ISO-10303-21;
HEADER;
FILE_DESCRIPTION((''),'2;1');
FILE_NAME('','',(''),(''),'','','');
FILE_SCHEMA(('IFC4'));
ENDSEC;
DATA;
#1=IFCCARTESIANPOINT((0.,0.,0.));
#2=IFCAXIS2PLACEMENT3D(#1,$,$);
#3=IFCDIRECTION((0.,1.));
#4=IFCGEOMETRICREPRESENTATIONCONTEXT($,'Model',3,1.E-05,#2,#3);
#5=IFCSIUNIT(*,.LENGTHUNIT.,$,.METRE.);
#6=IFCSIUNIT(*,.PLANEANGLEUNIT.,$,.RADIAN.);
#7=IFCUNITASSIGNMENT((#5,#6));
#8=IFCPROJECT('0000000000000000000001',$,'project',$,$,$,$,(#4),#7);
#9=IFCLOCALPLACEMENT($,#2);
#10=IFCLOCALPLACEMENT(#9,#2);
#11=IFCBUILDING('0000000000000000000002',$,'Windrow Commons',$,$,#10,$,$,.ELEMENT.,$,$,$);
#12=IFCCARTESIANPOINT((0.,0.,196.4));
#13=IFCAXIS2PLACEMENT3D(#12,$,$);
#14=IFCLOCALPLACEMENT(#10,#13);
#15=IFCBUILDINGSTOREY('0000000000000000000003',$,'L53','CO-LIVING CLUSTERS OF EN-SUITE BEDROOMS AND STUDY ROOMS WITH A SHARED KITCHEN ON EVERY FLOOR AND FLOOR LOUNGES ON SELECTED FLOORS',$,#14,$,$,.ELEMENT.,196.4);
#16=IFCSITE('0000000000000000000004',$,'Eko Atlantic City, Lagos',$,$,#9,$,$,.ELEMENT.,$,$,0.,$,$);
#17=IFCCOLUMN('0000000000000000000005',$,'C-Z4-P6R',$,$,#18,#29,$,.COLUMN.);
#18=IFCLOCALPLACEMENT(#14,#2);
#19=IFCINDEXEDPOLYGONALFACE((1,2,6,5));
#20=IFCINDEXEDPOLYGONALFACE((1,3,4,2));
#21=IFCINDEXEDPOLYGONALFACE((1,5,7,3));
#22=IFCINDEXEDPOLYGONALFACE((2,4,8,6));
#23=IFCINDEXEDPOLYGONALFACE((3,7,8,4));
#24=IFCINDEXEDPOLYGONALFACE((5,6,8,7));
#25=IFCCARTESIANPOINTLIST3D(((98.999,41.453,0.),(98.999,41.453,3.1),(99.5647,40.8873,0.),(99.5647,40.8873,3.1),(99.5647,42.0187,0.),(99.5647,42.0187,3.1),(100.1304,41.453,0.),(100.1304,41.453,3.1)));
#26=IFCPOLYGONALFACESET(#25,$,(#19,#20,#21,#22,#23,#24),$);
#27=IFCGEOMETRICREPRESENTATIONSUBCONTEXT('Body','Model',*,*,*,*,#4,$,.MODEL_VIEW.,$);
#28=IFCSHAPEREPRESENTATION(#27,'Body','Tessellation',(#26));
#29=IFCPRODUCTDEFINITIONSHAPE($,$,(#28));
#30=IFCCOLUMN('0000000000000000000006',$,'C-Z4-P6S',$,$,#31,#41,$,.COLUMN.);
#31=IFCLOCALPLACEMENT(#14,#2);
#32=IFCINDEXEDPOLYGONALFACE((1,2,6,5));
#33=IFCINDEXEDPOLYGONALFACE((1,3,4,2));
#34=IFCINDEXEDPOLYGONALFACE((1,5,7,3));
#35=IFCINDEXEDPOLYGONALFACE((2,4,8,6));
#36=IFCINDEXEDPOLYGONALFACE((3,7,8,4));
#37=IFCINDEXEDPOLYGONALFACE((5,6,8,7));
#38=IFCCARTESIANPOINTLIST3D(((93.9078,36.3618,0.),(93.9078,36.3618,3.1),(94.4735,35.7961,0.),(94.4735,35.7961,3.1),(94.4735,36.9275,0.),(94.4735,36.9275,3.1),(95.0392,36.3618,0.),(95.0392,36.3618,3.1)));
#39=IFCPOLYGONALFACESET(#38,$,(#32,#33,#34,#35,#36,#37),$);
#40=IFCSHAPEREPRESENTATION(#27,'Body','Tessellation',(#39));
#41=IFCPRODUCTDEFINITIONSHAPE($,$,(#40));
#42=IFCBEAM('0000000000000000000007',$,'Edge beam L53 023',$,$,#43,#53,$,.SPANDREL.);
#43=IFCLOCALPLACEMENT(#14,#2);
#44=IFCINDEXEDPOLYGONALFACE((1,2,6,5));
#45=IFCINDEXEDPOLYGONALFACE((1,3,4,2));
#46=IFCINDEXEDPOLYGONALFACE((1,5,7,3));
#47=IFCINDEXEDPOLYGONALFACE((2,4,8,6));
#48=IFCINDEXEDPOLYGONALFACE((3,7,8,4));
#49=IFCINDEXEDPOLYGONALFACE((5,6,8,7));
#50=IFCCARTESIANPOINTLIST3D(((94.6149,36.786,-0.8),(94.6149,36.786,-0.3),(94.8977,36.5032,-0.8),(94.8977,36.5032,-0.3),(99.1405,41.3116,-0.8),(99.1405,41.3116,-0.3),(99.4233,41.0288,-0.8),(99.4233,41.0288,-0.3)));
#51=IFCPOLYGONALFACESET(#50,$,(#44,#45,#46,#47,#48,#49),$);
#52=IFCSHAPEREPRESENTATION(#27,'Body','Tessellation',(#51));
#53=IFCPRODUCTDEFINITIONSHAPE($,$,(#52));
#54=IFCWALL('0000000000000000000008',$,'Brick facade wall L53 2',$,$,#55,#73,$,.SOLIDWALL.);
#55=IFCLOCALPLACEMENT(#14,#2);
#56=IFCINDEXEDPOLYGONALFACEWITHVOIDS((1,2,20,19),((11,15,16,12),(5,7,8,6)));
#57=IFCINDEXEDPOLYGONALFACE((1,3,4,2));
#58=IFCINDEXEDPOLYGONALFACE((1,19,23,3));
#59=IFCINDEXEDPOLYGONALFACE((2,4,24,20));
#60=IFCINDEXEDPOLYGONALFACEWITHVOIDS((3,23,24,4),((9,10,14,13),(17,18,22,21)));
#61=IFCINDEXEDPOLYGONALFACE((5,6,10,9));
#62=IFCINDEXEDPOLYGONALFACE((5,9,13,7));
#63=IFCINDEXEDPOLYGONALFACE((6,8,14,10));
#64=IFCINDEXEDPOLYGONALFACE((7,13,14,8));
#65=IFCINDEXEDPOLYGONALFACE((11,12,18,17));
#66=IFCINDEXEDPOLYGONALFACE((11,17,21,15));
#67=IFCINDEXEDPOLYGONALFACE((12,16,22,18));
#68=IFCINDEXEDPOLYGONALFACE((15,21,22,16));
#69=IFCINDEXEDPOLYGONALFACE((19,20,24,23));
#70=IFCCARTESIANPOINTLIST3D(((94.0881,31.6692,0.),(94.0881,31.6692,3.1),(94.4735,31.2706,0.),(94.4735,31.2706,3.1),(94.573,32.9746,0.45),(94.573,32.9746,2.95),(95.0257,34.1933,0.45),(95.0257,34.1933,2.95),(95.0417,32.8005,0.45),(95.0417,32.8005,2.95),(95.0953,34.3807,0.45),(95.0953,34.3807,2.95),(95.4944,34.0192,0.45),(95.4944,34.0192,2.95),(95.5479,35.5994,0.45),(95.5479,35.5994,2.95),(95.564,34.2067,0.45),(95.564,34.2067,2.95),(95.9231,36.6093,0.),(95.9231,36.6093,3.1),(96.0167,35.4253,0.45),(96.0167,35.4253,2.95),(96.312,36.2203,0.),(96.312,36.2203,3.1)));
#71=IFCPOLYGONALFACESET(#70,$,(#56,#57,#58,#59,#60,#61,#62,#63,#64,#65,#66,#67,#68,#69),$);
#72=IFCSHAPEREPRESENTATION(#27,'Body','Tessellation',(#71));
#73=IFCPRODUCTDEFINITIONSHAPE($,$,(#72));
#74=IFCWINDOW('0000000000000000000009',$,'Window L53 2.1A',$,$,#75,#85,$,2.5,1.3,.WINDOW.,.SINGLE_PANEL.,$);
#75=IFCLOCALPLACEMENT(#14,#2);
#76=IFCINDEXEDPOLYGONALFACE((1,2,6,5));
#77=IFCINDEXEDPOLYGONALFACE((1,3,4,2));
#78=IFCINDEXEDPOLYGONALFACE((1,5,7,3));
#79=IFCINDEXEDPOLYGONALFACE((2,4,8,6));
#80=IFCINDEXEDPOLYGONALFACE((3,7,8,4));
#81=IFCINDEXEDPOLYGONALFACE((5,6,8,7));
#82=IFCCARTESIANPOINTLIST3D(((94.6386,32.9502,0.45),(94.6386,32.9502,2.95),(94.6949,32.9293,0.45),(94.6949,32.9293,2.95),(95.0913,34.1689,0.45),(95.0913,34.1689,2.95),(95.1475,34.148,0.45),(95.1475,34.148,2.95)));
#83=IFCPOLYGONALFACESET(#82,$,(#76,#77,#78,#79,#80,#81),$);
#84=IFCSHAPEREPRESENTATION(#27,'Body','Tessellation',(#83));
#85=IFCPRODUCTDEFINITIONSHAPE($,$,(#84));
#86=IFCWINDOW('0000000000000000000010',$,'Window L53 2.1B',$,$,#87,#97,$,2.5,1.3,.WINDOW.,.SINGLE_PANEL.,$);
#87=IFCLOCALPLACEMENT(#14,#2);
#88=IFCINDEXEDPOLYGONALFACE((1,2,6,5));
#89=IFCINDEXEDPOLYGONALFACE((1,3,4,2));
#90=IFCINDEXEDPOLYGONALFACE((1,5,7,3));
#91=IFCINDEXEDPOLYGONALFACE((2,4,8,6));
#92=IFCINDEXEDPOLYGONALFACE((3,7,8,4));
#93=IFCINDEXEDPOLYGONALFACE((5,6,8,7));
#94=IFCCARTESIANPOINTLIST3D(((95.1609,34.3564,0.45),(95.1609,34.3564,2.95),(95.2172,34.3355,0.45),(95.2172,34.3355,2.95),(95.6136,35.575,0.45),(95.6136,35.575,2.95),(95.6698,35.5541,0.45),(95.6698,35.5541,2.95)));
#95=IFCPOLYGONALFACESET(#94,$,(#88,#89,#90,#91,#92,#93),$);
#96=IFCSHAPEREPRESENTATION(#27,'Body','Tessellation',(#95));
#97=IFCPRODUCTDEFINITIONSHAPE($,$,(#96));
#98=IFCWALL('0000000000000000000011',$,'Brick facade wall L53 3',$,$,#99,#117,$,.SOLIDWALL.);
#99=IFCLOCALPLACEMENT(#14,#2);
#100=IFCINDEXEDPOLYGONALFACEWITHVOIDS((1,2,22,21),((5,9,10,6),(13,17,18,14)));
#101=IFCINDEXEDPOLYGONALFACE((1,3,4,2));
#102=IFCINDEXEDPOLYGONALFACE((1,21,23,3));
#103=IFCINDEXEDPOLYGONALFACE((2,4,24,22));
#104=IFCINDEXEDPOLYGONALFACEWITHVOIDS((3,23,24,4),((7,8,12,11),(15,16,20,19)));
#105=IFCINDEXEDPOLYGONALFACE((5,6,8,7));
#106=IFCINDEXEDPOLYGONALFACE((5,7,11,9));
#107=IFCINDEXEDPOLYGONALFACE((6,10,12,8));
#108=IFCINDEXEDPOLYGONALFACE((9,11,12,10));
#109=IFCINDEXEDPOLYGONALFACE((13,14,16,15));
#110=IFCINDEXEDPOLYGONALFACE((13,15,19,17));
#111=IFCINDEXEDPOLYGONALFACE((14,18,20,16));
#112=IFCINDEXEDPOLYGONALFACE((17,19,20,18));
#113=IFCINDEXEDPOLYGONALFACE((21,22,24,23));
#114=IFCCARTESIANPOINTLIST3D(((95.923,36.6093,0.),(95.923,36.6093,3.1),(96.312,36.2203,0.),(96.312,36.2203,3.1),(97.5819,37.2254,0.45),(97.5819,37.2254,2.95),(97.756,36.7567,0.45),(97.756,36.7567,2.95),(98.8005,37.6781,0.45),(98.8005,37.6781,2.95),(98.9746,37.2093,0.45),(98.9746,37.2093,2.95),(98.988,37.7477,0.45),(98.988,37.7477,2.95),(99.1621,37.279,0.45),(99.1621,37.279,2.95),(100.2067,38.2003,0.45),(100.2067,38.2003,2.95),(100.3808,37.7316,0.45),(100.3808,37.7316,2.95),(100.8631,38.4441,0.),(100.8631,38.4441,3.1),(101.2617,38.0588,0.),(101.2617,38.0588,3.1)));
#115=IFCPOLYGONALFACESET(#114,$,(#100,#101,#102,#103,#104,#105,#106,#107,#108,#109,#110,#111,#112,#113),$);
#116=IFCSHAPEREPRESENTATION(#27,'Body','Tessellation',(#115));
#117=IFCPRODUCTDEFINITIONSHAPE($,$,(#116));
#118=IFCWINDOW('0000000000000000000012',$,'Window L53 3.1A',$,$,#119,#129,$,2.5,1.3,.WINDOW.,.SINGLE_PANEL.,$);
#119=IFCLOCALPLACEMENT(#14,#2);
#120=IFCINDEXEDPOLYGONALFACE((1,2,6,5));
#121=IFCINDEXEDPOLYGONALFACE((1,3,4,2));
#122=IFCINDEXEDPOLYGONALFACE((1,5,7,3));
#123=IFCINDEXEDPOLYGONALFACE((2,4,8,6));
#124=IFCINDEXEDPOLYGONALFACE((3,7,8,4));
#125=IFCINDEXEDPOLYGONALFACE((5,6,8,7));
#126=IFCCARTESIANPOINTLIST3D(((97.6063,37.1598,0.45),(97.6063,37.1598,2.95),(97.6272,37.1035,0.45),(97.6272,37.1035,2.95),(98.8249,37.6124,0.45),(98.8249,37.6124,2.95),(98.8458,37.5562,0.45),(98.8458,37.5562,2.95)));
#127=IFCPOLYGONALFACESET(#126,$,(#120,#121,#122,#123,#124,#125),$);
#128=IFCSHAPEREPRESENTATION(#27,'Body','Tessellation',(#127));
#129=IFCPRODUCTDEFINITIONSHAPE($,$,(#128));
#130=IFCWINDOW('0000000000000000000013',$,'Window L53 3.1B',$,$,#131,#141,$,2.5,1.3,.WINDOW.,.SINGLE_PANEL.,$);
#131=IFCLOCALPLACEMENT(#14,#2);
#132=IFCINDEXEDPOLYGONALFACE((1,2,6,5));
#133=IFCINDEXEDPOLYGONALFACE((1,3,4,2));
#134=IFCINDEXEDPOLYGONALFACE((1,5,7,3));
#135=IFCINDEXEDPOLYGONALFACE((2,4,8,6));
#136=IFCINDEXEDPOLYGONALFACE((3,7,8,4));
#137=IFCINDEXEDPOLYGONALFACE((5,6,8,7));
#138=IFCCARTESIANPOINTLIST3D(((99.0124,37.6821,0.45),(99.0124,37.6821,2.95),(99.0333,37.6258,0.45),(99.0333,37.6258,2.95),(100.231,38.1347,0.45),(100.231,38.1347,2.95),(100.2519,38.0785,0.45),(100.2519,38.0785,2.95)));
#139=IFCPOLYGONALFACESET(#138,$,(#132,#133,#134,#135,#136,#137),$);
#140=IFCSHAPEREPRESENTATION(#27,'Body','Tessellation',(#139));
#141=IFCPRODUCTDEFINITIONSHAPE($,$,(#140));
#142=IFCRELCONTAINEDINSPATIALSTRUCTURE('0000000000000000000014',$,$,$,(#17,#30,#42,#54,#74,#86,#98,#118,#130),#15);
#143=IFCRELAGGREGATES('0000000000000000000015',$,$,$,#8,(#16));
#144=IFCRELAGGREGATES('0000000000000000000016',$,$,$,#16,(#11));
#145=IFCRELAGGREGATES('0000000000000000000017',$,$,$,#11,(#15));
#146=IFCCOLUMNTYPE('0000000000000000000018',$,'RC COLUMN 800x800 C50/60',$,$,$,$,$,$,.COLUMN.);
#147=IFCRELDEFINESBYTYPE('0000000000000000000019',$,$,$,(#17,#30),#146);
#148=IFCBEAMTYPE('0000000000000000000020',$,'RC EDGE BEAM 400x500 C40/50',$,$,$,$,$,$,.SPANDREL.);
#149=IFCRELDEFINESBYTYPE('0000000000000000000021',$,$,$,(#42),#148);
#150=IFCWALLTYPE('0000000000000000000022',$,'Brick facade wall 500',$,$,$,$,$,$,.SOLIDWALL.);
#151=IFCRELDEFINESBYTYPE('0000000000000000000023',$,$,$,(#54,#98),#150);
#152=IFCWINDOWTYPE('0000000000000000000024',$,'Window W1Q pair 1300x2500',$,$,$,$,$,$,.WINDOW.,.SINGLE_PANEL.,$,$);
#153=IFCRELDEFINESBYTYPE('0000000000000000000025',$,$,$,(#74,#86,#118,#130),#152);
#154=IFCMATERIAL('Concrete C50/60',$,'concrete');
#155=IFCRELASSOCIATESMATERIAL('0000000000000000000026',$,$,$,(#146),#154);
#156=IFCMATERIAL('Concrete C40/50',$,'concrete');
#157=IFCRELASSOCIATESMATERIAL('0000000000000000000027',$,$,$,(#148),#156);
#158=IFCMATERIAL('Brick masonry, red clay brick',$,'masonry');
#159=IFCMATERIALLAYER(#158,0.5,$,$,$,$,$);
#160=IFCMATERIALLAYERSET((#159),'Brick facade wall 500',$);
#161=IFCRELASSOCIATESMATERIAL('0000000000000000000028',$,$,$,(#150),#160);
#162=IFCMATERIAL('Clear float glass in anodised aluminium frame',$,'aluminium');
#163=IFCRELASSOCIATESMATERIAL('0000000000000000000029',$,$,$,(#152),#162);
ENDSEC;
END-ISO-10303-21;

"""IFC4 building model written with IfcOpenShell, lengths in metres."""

from ifc_helpers import new_model, si_unit, direction, frame, frame_2d, origin, origin_2d, place, context, subcontext, project, spatial, polyline, rectangle, outline, extrude, material, layer, layer_set, material_profile, profile_set, type_object, element, fill, save


model = new_model("IFC4")

# Units and contexts
model_context = context("Model", 3, precision=1e-05, world=origin(), true_north=direction((0.0, 1.0)))
body_context = subcontext(model_context, "Body", "Model", "MODEL_VIEW")
ifc_project = project(units=[si_unit("LENGTHUNIT", "METRE"), si_unit("PLANEANGLEUNIT", "RADIAN")], contexts=[model_context])

# Site, building, storey
site_placement = place(None, origin())
site = spatial("IfcSite", under=ifc_project, at=site_placement, Name="Eko Atlantic City, Lagos", CompositionType="ELEMENT", RefElevation=0.0)
building_placement = place(site_placement, origin())
building = spatial("IfcBuilding", under=site, at=building_placement, Name="Windrow Commons", CompositionType="ELEMENT")
storey_placement = place(building_placement, frame((0.0, 0.0, 196.4)))
storey = spatial("IfcBuildingStorey", under=building, at=storey_placement, Name="L53", Description="CO-LIVING CLUSTERS OF EN-SUITE BEDROOMS AND STUDY ROOMS WITH A SHARED KITCHEN ON EVERY FLOOR AND FLOOR LOUNGES ON SELECTED FLOORS", CompositionType="ELEMENT", Elevation=196.4)

# Columns
ifc_material_1 = material(Name="Concrete C50/60", Category="concrete")
ifc_material_profile_1 = material_profile(ifc_material_1, rectangle(XDim=0.8, YDim=0.8, at=origin_2d()))
ifc_profile_set_1 = profile_set([ifc_material_profile_1], Name="Concrete C50/60")
column_type = type_object("IfcColumnType", Name="RC COLUMN 800x800 C50/60", PredefinedType="COLUMN", material=ifc_profile_set_1)
for number, where, z_axis, x_axis, name in (
    (1, (99.5647, 41.453, 0.0), (0.0, 0.0, 1.0), (0.707107, -0.707107, 0.0), "C-Z4-P6R"),
    (2, (94.4735, 36.3618, 0.0), (0.0, 0.0, 1.0), (0.707107, -0.707107, 0.0), "C-Z4-P6S"),
):
    element("IfcColumn", number, at=place(storey_placement, frame(where, z_axis=z_axis, x_axis=x_axis)), inside=storey, type_object=column_type, Name=name, PredefinedType="COLUMN", context=body_context, shape_type="SweptSolid", body=[
        extrude(rectangle(XDim=0.8, YDim=0.8, at=origin_2d()), origin(), (0.0, 0.0, 1.0), 3.1),
    ])

# Beam
ifc_material_2 = material(Name="Concrete C40/50", Category="concrete")
ifc_material_profile_2 = material_profile(ifc_material_2, rectangle(XDim=0.4, YDim=0.5, at=origin_2d()))
ifc_profile_set_2 = profile_set([ifc_material_profile_2], Name="Concrete C40/50")
beam_type = type_object("IfcBeamType", Name="RC EDGE BEAM 400x500 C40/50", PredefinedType="SPANDREL", material=ifc_profile_set_2)
beam_placement = place(storey_placement, frame((99.2819, 41.1702, -0.55), z_axis=(-0.707107, -0.707107, 0.0), x_axis=(0.707107, -0.707107, 0.0)))
element("IfcBeam", 3, at=beam_placement, inside=storey, type_object=beam_type, Name="Edge beam L53 023", PredefinedType="SPANDREL", context=body_context, shape_type="SweptSolid", body=[
    extrude(rectangle(XDim=0.4, YDim=0.5, at=origin_2d()), origin(), (0.0, 0.0, 1.0), 6.4002),
])

# Walls, openings, windows
ifc_material_3 = material(Name="Brick masonry, red clay brick", Category="masonry")
ifc_layer_1 = layer(ifc_material_3, 0.5)
ifc_layer_set_1 = layer_set([ifc_layer_1], Name="Brick facade wall 500")
wall_type_1 = type_object("IfcWallType", Name="Brick facade wall 500", PredefinedType="SOLIDWALL", material=ifc_layer_set_1)
wall_1_placement = place(storey_placement, frame((94.2808, 31.4699, 0.0), z_axis=(0.0, 0.0, 1.0), x_axis=(0.34819, 0.937424, 0.0)))
wall_1 = element("IfcWall", 4, at=wall_1_placement, inside=storey, type_object=wall_type_1, Name="Brick facade wall L53 2", PredefinedType="SOLIDWALL", context=body_context, shape_type="SweptSolid", body=[
    extrude(outline(polyline([(-0.1197, -0.25), (5.1604, -0.25), (5.3896, 0.25), (0.1197, 0.25), (-0.1197, -0.25)])), origin(), (0.0, 0.0, 1.0), 3.1),
])
opening_1_placement = place(wall_1_placement, frame((1.5123, 0.0, 0.45)))
opening_1 = element("IfcOpeningElement", 5, at=opening_1_placement, cuts=wall_1, PredefinedType="OPENING", context=body_context, shape_type="SweptSolid", body=[
    extrude(rectangle(XDim=1.3, YDim=2.5, at=frame_2d((0.65, 1.25))), frame((0.0, 0.26, 0.0), z_axis=(0.0, -1.0, 0.0), x_axis=(1.0, 0.0, 0.0)), (0.0, 0.0, 1.0), 0.52),
])
opening_2_placement = place(wall_1_placement, frame((3.0123, 0.0, 0.45)))
opening_2 = element("IfcOpeningElement", 6, at=opening_2_placement, cuts=wall_1, PredefinedType="OPENING", context=body_context, shape_type="SweptSolid", body=[
    extrude(rectangle(XDim=1.3, YDim=2.5, at=frame_2d((0.65, 1.25))), frame((0.0, 0.26, 0.0), z_axis=(0.0, -1.0, 0.0), x_axis=(1.0, 0.0, 0.0)), (0.0, 0.0, 1.0), 0.52),
])
ifc_material_4 = material(Name="Clear float glass in anodised aluminium frame", Category="aluminium")
window_type = type_object("IfcWindowType", Name="Window W1Q pair 1300x2500", PartitioningType="SINGLE_PANEL", PredefinedType="WINDOW", material=ifc_material_4)
window_1_placement = place(opening_1_placement, origin())
window_1 = element("IfcWindow", 7, at=window_1_placement, inside=storey, type_object=window_type, Name="Window L53 2.1A", OverallHeight=2.5, OverallWidth=1.3, PartitioningType="SINGLE_PANEL", PredefinedType="WINDOW", context=body_context, shape_type="SweptSolid", body=[
    extrude(rectangle(XDim=1.3, YDim=2.5, at=frame_2d((0.65, 1.25))), frame((0.0, 0.18, 0.0), z_axis=(0.0, -1.0, 0.0), x_axis=(1.0, 0.0, 0.0)), (0.0, 0.0, 1.0), 0.06),
])
fill(opening_1, window_1)
window_2_placement = place(opening_2_placement, origin())
window_2 = element("IfcWindow", 8, at=window_2_placement, inside=storey, type_object=window_type, Name="Window L53 2.1B", OverallHeight=2.5, OverallWidth=1.3, PartitioningType="SINGLE_PANEL", PredefinedType="WINDOW", context=body_context, shape_type="SweptSolid", body=[
    extrude(rectangle(XDim=1.3, YDim=2.5, at=frame_2d((0.65, 1.25))), frame((0.0, 0.18, 0.0), z_axis=(0.0, -1.0, 0.0), x_axis=(1.0, 0.0, 0.0)), (0.0, 0.0, 1.0), 0.06),
])
fill(opening_2, window_2)
wall_2_placement = place(storey_placement, frame((96.1175, 36.4148, 0.0), z_axis=(0.0, 0.0, 1.0), x_axis=(0.937424, 0.34819, 0.0)))
wall_2 = element("IfcWall", 9, at=wall_2_placement, inside=storey, type_object=wall_type_1, Name="Brick facade wall L53 3", PredefinedType="SOLIDWALL", context=body_context, shape_type="SweptSolid", body=[
    extrude(outline(polyline([(0.1146, -0.25), (5.3947, -0.25), (5.1552, 0.25), (-0.1146, 0.25), (0.1146, -0.25)])), origin(), (0.0, 0.0, 1.0), 3.1),
])
opening_3_placement = place(wall_2_placement, frame((1.655, 0.0, 0.45)))
opening_3 = element("IfcOpeningElement", 10, at=opening_3_placement, cuts=wall_2, PredefinedType="OPENING", context=body_context, shape_type="SweptSolid", body=[
    extrude(rectangle(XDim=1.3, YDim=2.5, at=frame_2d((0.65, 1.25))), frame((0.0, 0.26, 0.0), z_axis=(0.0, -1.0, 0.0), x_axis=(1.0, 0.0, 0.0)), (0.0, 0.0, 1.0), 0.52),
])
opening_4_placement = place(wall_2_placement, frame((3.155, 0.0, 0.45)))
opening_4 = element("IfcOpeningElement", 11, at=opening_4_placement, cuts=wall_2, PredefinedType="OPENING", context=body_context, shape_type="SweptSolid", body=[
    extrude(rectangle(XDim=1.3, YDim=2.5, at=frame_2d((0.65, 1.25))), frame((0.0, 0.26, 0.0), z_axis=(0.0, -1.0, 0.0), x_axis=(1.0, 0.0, 0.0)), (0.0, 0.0, 1.0), 0.52),
])
window_3_placement = place(opening_3_placement, origin())
window_3 = element("IfcWindow", 12, at=window_3_placement, inside=storey, type_object=window_type, Name="Window L53 3.1A", OverallHeight=2.5, OverallWidth=1.3, PartitioningType="SINGLE_PANEL", PredefinedType="WINDOW", context=body_context, shape_type="SweptSolid", body=[
    extrude(rectangle(XDim=1.3, YDim=2.5, at=frame_2d((0.65, 1.25))), frame((0.0, 0.18, 0.0), z_axis=(0.0, -1.0, 0.0), x_axis=(1.0, 0.0, 0.0)), (0.0, 0.0, 1.0), 0.06),
])
fill(opening_3, window_3)
window_4_placement = place(opening_4_placement, origin())
window_4 = element("IfcWindow", 13, at=window_4_placement, inside=storey, type_object=window_type, Name="Window L53 3.1B", OverallHeight=2.5, OverallWidth=1.3, PartitioningType="SINGLE_PANEL", PredefinedType="WINDOW", context=body_context, shape_type="SweptSolid", body=[
    extrude(rectangle(XDim=1.3, YDim=2.5, at=frame_2d((0.65, 1.25))), frame((0.0, 0.18, 0.0), z_axis=(0.0, -1.0, 0.0), x_axis=(1.0, 0.0, 0.0)), (0.0, 0.0, 1.0), 0.06),
])
fill(opening_4, window_4)

save(model, "model.ifc")
